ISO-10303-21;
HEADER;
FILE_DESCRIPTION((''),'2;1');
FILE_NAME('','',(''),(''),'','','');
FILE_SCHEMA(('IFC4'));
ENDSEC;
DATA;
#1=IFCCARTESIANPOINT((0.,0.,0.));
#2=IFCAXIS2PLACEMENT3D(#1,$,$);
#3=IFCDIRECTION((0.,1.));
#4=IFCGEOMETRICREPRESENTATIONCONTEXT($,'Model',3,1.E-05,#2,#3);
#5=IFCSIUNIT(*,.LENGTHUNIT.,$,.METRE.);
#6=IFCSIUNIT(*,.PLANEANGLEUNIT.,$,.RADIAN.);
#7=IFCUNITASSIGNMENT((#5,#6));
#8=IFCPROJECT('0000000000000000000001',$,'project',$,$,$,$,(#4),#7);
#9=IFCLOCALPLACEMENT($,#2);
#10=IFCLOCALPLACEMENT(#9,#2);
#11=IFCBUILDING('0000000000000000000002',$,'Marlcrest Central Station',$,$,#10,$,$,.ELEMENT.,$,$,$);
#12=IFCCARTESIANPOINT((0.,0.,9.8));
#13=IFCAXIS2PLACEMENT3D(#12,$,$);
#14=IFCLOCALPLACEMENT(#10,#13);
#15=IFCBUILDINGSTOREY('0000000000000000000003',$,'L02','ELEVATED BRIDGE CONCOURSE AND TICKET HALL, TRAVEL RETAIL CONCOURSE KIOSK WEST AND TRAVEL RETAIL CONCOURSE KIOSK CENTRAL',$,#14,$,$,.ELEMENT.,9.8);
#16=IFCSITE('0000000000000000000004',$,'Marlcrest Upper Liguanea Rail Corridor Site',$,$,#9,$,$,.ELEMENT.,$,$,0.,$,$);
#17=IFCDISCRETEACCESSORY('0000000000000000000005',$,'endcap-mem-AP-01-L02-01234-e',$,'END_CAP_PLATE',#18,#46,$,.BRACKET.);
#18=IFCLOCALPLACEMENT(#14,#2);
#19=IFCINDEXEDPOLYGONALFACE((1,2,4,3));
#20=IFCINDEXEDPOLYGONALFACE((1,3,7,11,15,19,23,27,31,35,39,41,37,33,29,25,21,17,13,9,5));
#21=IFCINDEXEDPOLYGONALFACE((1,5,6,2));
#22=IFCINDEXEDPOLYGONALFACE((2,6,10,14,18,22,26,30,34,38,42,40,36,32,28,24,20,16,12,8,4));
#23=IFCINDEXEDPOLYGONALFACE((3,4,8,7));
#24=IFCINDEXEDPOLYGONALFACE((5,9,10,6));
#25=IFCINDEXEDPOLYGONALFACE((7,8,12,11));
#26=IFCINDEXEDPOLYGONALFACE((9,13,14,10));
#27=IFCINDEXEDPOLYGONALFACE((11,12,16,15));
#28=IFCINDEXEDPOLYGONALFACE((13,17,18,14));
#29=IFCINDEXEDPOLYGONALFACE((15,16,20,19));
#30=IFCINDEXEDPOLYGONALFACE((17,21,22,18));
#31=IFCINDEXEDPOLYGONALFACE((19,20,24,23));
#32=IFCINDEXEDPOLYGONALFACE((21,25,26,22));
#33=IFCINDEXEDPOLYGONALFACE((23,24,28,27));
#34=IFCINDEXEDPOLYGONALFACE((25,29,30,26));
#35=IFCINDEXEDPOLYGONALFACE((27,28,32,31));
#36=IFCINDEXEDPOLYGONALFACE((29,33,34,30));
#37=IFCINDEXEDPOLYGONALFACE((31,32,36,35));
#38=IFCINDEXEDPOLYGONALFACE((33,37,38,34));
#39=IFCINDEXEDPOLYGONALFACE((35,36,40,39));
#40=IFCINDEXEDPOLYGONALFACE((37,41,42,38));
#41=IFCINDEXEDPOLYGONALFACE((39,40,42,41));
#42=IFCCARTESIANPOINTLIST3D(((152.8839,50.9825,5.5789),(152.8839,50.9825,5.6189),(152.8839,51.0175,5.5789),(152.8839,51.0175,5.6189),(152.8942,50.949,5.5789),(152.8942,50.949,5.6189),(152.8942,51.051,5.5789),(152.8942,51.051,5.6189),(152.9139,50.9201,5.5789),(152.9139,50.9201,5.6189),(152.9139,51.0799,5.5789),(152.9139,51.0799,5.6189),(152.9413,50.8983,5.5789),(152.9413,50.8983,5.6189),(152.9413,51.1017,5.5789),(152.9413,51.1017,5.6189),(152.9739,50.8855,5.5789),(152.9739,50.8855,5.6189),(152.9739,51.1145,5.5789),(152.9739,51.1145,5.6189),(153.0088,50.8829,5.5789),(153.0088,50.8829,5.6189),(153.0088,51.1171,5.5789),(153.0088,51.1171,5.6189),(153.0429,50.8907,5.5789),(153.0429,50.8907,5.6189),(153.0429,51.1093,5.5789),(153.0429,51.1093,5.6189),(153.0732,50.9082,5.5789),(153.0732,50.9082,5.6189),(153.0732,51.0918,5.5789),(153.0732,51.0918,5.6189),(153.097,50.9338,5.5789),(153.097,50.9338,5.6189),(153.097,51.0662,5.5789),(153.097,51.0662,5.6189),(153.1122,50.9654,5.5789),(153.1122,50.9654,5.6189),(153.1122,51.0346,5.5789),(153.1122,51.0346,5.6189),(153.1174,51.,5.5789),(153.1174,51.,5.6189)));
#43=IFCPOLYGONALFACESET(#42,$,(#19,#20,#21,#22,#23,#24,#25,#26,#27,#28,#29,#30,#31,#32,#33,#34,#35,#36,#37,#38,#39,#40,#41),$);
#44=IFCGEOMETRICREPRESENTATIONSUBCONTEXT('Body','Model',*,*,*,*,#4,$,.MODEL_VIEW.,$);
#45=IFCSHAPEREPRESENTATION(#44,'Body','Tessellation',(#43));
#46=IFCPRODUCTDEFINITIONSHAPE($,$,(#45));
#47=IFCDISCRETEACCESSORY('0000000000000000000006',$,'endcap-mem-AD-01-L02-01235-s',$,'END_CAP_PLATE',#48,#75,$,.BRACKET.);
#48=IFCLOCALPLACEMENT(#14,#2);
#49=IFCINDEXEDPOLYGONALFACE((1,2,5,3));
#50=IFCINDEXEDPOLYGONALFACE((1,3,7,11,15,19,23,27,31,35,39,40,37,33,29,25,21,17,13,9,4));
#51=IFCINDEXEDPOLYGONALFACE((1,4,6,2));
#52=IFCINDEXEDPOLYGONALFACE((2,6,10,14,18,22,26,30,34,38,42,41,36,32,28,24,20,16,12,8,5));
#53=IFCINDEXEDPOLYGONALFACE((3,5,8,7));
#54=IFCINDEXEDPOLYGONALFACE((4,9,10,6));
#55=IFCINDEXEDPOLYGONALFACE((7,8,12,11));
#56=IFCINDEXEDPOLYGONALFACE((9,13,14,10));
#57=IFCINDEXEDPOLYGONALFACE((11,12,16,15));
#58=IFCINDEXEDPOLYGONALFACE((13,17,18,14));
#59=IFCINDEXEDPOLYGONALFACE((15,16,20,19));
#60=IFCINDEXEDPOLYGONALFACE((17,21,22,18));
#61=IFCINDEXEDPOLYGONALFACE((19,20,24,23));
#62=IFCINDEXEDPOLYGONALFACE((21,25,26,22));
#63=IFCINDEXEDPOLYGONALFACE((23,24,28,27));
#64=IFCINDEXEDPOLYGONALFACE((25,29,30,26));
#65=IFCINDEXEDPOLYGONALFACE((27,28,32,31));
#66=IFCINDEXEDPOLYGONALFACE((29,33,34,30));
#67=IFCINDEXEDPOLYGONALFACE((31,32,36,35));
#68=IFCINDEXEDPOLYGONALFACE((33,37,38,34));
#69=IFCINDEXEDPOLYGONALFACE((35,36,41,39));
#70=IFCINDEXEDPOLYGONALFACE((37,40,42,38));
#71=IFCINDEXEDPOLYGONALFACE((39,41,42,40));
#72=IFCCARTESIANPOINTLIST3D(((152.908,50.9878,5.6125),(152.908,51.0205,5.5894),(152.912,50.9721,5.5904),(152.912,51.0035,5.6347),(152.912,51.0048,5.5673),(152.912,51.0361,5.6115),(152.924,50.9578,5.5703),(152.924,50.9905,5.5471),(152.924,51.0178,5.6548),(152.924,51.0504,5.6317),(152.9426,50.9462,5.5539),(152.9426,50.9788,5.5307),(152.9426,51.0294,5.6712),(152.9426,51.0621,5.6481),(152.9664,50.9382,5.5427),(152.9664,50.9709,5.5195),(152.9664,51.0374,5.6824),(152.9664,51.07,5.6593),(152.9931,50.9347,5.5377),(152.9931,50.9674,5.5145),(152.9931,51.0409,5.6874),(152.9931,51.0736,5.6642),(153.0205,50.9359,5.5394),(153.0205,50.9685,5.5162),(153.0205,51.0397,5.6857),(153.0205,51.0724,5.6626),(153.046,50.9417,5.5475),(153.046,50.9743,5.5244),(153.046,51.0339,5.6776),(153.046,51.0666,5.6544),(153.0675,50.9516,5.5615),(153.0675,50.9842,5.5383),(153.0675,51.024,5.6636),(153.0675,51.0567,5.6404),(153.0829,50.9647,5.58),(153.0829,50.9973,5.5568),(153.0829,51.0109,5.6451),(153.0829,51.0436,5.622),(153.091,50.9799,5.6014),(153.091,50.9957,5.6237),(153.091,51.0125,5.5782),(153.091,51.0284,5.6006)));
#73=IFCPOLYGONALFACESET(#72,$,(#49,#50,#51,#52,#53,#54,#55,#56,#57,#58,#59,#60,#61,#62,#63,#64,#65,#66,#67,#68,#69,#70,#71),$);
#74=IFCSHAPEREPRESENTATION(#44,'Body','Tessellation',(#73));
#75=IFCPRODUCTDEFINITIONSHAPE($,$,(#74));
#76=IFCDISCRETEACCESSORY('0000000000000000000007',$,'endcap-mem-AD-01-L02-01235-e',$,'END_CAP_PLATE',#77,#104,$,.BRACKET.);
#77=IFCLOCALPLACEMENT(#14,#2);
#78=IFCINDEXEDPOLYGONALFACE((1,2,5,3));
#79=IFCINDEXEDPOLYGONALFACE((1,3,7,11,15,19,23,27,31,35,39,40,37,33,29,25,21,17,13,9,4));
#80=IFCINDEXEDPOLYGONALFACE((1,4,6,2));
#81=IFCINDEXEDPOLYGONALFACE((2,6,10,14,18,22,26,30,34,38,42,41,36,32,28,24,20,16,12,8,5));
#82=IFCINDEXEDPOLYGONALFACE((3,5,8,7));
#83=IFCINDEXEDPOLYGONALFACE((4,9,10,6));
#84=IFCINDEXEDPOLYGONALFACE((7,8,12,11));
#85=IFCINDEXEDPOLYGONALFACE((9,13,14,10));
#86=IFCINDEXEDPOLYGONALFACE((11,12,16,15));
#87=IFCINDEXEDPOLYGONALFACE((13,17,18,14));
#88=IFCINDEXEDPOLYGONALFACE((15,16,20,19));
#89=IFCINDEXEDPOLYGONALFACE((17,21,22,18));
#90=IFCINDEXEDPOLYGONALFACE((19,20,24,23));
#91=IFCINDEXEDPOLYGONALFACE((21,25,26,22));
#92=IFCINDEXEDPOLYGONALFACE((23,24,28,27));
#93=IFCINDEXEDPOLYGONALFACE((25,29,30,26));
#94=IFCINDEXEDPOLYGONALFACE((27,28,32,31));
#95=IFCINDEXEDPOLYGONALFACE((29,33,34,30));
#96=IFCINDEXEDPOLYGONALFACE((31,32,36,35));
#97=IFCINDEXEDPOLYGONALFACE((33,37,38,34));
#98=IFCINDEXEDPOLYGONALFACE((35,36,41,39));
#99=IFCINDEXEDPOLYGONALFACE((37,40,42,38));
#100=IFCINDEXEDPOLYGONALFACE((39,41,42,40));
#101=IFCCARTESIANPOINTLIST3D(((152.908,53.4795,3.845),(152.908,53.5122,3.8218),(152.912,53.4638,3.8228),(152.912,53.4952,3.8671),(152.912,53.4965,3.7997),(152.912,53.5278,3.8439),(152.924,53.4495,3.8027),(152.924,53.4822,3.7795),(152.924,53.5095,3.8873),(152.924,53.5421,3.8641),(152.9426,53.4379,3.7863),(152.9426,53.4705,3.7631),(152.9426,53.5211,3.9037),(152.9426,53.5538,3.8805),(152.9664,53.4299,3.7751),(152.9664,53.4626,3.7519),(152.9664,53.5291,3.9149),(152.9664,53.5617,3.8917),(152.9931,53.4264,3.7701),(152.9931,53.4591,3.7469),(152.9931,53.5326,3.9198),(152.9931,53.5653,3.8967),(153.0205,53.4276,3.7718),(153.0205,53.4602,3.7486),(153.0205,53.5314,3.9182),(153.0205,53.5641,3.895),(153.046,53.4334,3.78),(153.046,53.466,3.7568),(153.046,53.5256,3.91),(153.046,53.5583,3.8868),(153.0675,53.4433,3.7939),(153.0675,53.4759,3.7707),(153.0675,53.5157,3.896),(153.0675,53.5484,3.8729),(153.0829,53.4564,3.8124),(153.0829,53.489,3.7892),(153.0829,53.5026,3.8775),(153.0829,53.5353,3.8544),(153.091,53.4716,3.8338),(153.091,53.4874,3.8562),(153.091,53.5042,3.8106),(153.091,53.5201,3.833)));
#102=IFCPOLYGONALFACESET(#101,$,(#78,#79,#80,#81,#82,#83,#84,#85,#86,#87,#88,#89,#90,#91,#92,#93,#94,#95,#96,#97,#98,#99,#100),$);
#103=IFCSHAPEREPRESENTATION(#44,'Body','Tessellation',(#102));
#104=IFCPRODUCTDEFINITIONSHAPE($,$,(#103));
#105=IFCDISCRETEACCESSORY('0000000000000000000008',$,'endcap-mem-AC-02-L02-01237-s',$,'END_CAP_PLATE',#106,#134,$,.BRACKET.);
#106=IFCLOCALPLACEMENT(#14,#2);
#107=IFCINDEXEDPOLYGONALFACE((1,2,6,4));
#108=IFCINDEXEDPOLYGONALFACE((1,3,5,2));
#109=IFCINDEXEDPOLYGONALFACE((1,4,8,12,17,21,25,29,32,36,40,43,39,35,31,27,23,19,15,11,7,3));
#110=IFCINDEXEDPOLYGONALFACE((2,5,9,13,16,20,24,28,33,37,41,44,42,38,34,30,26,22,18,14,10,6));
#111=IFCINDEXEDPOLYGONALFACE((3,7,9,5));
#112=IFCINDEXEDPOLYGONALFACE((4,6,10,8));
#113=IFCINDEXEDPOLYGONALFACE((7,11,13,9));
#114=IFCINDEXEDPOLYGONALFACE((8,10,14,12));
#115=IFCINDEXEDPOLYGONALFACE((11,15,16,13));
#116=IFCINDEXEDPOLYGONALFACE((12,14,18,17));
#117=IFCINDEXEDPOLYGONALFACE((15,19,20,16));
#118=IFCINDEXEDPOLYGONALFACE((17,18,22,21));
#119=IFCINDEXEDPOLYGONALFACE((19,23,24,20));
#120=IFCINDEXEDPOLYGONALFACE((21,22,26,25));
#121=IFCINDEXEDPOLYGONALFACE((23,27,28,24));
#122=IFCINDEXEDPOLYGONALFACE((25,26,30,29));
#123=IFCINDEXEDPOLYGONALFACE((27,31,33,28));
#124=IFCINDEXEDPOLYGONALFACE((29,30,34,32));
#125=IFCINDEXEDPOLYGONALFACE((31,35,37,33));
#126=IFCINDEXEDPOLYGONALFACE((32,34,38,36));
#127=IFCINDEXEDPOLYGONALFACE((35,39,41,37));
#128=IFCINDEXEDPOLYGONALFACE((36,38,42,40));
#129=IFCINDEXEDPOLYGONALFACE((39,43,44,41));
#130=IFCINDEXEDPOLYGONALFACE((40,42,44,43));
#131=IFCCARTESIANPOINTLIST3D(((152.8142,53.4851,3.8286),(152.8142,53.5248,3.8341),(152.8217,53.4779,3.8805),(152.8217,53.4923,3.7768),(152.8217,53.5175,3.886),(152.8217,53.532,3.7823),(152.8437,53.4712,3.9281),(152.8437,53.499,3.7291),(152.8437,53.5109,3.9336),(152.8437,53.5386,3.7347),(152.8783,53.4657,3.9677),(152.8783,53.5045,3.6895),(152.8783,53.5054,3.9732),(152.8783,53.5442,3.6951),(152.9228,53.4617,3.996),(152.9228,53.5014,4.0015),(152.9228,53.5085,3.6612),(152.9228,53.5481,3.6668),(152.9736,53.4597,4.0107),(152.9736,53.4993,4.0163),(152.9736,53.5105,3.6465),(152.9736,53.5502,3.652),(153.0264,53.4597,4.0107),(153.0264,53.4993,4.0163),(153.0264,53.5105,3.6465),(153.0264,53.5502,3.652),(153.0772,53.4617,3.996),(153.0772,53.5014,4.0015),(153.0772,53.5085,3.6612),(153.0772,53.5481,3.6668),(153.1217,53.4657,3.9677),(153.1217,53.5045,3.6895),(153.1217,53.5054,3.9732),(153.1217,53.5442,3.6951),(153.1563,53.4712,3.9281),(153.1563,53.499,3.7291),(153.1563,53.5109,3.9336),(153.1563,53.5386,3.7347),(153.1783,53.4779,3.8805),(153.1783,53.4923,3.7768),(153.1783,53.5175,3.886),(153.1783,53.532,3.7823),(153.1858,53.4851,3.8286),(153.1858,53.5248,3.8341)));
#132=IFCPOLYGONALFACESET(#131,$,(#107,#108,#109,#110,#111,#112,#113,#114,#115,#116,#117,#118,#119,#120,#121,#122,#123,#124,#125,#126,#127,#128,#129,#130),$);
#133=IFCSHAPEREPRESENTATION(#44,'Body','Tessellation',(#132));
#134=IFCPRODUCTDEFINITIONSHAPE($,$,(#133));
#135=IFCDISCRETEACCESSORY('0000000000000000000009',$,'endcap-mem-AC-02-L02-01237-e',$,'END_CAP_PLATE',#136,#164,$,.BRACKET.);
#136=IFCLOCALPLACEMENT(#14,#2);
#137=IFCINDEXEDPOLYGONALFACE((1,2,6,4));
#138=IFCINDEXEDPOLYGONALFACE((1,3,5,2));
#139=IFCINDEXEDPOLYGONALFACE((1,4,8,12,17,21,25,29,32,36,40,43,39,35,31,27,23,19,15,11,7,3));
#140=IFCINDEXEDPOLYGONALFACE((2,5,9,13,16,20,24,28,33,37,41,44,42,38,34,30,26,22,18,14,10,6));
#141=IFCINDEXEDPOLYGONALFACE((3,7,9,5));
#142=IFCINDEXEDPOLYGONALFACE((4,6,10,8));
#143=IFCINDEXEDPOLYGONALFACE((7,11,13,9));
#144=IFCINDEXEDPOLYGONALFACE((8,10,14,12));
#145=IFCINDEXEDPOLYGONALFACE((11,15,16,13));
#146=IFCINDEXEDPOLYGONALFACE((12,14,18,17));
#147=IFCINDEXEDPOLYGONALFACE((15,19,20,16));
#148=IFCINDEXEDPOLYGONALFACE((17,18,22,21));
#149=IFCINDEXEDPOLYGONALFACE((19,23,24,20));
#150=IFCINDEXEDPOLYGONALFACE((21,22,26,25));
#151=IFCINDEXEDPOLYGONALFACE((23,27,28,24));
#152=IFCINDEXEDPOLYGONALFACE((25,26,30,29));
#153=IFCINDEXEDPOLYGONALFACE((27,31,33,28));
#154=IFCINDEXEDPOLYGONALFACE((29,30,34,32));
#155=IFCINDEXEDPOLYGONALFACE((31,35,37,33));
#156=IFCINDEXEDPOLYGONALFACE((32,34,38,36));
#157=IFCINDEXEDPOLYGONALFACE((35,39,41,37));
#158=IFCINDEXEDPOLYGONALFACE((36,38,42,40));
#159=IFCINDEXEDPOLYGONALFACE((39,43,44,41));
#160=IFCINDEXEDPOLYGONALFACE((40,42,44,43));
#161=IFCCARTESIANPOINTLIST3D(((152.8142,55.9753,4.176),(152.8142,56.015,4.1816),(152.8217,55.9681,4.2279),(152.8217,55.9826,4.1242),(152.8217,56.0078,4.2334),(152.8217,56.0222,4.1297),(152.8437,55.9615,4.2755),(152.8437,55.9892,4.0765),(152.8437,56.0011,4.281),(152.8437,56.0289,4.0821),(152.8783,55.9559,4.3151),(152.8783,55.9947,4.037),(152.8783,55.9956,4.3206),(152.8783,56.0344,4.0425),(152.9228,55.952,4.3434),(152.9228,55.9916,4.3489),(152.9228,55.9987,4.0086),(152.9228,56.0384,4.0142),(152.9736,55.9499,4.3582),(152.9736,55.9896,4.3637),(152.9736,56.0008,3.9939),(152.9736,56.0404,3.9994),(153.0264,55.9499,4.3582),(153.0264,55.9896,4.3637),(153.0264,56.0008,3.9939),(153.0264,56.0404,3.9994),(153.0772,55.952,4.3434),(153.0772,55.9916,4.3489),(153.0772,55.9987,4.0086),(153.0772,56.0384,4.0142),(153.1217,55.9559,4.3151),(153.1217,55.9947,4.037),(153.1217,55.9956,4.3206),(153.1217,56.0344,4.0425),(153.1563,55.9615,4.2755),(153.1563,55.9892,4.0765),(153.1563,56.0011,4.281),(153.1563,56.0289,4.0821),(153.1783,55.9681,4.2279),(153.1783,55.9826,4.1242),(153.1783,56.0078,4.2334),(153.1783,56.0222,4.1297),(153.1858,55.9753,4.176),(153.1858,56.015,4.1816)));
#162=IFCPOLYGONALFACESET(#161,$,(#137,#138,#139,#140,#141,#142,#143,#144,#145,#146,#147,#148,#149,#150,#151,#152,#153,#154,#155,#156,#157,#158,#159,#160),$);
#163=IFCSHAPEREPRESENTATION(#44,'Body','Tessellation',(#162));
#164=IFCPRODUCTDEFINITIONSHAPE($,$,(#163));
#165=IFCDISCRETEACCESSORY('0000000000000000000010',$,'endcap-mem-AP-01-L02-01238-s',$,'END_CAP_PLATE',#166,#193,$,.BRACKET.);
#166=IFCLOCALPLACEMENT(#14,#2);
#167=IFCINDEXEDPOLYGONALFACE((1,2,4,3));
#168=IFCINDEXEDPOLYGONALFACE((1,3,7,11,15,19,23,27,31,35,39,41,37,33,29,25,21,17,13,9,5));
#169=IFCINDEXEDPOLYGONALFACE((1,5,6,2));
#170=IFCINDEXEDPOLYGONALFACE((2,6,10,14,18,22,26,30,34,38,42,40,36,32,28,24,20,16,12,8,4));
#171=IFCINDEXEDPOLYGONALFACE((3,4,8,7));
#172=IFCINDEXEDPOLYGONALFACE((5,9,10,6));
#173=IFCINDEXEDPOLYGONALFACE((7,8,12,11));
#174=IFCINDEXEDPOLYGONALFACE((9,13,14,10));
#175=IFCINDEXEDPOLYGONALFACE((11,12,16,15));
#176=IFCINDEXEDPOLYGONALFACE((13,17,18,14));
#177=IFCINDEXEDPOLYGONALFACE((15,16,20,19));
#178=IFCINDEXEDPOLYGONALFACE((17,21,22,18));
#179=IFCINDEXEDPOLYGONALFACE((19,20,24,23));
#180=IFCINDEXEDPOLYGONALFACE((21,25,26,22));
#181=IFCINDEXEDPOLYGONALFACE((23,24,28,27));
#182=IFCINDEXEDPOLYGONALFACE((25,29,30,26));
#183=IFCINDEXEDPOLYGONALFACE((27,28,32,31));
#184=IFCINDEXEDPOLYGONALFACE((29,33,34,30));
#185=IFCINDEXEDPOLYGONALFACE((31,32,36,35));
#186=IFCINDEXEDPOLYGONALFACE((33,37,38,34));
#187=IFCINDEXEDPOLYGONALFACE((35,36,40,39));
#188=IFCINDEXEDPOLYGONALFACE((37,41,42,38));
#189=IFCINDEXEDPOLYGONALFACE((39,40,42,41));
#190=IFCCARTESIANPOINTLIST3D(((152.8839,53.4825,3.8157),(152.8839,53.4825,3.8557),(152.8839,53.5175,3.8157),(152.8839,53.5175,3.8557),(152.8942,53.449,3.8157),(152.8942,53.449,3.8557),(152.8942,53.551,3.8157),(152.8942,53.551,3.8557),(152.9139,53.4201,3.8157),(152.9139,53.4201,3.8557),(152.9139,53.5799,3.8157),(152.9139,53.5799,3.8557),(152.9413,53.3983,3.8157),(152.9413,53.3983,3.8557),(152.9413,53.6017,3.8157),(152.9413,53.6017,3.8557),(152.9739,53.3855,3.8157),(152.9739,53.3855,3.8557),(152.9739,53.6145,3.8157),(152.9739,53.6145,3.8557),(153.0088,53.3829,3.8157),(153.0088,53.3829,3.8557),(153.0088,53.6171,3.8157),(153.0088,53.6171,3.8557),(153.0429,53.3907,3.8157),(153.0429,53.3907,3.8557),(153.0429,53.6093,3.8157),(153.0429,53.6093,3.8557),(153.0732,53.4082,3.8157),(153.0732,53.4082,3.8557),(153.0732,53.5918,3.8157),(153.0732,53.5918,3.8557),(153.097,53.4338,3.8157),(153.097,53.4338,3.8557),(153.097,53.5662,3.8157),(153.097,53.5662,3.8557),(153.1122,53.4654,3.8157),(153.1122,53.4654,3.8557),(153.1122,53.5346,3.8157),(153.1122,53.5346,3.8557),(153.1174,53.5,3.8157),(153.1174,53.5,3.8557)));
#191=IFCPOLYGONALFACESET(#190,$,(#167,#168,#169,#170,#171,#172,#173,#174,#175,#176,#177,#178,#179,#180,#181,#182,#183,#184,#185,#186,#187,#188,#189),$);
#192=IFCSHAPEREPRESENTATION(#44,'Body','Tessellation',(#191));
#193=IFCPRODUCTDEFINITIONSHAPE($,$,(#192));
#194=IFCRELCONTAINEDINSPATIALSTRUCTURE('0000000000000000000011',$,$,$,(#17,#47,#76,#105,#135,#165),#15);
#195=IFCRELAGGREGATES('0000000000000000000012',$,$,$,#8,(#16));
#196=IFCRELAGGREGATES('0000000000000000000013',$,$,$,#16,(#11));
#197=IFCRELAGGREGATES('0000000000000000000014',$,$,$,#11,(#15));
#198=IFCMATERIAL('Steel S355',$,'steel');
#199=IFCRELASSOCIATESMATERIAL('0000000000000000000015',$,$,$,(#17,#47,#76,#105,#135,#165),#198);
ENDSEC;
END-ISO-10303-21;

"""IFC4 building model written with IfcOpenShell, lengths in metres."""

from ifc_helpers import new_model, si_unit, direction, frame, origin, origin_2d, place, context, subcontext, project, spatial, circle, extrude, material, element, save


model = new_model("IFC4")

# Units and contexts
model_context = context("Model", 3, precision=1e-05, world=origin(), true_north=direction((0.0, 1.0)))
body_context = subcontext(model_context, "Body", "Model", "MODEL_VIEW")
ifc_project = project(units=[si_unit("LENGTHUNIT", "METRE"), si_unit("PLANEANGLEUNIT", "RADIAN")], contexts=[model_context])

# Site, building, storey
site_placement = place(None, origin())
site = spatial("IfcSite", under=ifc_project, at=site_placement, Name="Marlcrest Upper Liguanea Rail Corridor Site", CompositionType="ELEMENT", RefElevation=0.0)
building_placement = place(site_placement, origin())
building = spatial("IfcBuilding", under=site, at=building_placement, Name="Marlcrest Central Station", CompositionType="ELEMENT")
storey_placement = place(building_placement, frame((0.0, 0.0, 9.8)))
storey = spatial("IfcBuildingStorey", under=building, at=storey_placement, Name="L02", Description="ELEVATED BRIDGE CONCOURSE AND TICKET HALL, TRAVEL RETAIL CONCOURSE KIOSK WEST AND TRAVEL RETAIL CONCOURSE KIOSK CENTRAL", CompositionType="ELEMENT", Elevation=9.8)

# Shared definitions
ifc_material = material(Name="Steel S355", Category="steel")

# Discrete accessories
for number, where, z_axis, x_axis, name in (
    (1, (153.0, 51.0, 5.5789), (0.0, 0.0, 1.0), (1.0, 0.0, 0.0), "endcap-mem-AP-01-L02-01234-e"),
):
    element("IfcDiscreteAccessory", number, at=place(storey_placement, frame(where, z_axis=z_axis, x_axis=x_axis)), inside=storey, material=ifc_material, Name=name, ObjectType="END_CAP_PLATE", PredefinedType="BRACKET", context=body_context, shape_type="SweptSolid", body=[
        extrude(circle(Radius=0.1174, at=origin_2d()), origin(), (0.0, 0.0, 1.0), 0.04),
    ])
for number, where, z_axis, x_axis, name in (
    (2, (153.0, 50.9878, 5.6125), (0.0, 0.815661, -0.57853), (-1.0, 0.0, 0.0), "endcap-mem-AD-01-L02-01235-s"),
    (3, (153.0, 53.4795, 3.845), (0.0, 0.815661, -0.57853), (-1.0, 0.0, 0.0), "endcap-mem-AD-01-L02-01235-e"),
):
    element("IfcDiscreteAccessory", number, at=place(storey_placement, frame(where, z_axis=z_axis, x_axis=x_axis)), inside=storey, material=ifc_material, Name=name, ObjectType="END_CAP_PLATE", PredefinedType="BRACKET", context=body_context, shape_type="SweptSolid", body=[
        extrude(circle(Radius=0.092, at=origin_2d()), origin(), (0.0, 0.0, 1.0), 0.04),
    ])
for number, where, z_axis, x_axis, name in (
    (4, (153.0, 53.4851, 3.8286), (0.0, 0.990403, 0.138211), (-1.0, 0.0, 0.0), "endcap-mem-AC-02-L02-01237-s"),
    (5, (153.0, 55.9753, 4.176), (0.0, 0.990403, 0.138211), (-1.0, 0.0, 0.0), "endcap-mem-AC-02-L02-01237-e"),
):
    element("IfcDiscreteAccessory", number, at=place(storey_placement, frame(where, z_axis=z_axis, x_axis=x_axis)), inside=storey, material=ifc_material, Name=name, ObjectType="END_CAP_PLATE", PredefinedType="BRACKET", context=body_context, shape_type="SweptSolid", body=[
        extrude(circle(Radius=0.1858, at=origin_2d()), origin(), (0.0, 0.0, 1.0), 0.04),
    ])
for number, where, z_axis, x_axis, name in (
    (6, (153.0, 53.5, 3.8157), (0.0, 0.0, 1.0), (1.0, 0.0, 0.0), "endcap-mem-AP-01-L02-01238-s"),
):
    element("IfcDiscreteAccessory", number, at=place(storey_placement, frame(where, z_axis=z_axis, x_axis=x_axis)), inside=storey, material=ifc_material, Name=name, ObjectType="END_CAP_PLATE", PredefinedType="BRACKET", context=body_context, shape_type="SweptSolid", body=[
        extrude(circle(Radius=0.1174, at=origin_2d()), origin(), (0.0, 0.0, 1.0), 0.04),
    ])

save(model, "model.ifc")
